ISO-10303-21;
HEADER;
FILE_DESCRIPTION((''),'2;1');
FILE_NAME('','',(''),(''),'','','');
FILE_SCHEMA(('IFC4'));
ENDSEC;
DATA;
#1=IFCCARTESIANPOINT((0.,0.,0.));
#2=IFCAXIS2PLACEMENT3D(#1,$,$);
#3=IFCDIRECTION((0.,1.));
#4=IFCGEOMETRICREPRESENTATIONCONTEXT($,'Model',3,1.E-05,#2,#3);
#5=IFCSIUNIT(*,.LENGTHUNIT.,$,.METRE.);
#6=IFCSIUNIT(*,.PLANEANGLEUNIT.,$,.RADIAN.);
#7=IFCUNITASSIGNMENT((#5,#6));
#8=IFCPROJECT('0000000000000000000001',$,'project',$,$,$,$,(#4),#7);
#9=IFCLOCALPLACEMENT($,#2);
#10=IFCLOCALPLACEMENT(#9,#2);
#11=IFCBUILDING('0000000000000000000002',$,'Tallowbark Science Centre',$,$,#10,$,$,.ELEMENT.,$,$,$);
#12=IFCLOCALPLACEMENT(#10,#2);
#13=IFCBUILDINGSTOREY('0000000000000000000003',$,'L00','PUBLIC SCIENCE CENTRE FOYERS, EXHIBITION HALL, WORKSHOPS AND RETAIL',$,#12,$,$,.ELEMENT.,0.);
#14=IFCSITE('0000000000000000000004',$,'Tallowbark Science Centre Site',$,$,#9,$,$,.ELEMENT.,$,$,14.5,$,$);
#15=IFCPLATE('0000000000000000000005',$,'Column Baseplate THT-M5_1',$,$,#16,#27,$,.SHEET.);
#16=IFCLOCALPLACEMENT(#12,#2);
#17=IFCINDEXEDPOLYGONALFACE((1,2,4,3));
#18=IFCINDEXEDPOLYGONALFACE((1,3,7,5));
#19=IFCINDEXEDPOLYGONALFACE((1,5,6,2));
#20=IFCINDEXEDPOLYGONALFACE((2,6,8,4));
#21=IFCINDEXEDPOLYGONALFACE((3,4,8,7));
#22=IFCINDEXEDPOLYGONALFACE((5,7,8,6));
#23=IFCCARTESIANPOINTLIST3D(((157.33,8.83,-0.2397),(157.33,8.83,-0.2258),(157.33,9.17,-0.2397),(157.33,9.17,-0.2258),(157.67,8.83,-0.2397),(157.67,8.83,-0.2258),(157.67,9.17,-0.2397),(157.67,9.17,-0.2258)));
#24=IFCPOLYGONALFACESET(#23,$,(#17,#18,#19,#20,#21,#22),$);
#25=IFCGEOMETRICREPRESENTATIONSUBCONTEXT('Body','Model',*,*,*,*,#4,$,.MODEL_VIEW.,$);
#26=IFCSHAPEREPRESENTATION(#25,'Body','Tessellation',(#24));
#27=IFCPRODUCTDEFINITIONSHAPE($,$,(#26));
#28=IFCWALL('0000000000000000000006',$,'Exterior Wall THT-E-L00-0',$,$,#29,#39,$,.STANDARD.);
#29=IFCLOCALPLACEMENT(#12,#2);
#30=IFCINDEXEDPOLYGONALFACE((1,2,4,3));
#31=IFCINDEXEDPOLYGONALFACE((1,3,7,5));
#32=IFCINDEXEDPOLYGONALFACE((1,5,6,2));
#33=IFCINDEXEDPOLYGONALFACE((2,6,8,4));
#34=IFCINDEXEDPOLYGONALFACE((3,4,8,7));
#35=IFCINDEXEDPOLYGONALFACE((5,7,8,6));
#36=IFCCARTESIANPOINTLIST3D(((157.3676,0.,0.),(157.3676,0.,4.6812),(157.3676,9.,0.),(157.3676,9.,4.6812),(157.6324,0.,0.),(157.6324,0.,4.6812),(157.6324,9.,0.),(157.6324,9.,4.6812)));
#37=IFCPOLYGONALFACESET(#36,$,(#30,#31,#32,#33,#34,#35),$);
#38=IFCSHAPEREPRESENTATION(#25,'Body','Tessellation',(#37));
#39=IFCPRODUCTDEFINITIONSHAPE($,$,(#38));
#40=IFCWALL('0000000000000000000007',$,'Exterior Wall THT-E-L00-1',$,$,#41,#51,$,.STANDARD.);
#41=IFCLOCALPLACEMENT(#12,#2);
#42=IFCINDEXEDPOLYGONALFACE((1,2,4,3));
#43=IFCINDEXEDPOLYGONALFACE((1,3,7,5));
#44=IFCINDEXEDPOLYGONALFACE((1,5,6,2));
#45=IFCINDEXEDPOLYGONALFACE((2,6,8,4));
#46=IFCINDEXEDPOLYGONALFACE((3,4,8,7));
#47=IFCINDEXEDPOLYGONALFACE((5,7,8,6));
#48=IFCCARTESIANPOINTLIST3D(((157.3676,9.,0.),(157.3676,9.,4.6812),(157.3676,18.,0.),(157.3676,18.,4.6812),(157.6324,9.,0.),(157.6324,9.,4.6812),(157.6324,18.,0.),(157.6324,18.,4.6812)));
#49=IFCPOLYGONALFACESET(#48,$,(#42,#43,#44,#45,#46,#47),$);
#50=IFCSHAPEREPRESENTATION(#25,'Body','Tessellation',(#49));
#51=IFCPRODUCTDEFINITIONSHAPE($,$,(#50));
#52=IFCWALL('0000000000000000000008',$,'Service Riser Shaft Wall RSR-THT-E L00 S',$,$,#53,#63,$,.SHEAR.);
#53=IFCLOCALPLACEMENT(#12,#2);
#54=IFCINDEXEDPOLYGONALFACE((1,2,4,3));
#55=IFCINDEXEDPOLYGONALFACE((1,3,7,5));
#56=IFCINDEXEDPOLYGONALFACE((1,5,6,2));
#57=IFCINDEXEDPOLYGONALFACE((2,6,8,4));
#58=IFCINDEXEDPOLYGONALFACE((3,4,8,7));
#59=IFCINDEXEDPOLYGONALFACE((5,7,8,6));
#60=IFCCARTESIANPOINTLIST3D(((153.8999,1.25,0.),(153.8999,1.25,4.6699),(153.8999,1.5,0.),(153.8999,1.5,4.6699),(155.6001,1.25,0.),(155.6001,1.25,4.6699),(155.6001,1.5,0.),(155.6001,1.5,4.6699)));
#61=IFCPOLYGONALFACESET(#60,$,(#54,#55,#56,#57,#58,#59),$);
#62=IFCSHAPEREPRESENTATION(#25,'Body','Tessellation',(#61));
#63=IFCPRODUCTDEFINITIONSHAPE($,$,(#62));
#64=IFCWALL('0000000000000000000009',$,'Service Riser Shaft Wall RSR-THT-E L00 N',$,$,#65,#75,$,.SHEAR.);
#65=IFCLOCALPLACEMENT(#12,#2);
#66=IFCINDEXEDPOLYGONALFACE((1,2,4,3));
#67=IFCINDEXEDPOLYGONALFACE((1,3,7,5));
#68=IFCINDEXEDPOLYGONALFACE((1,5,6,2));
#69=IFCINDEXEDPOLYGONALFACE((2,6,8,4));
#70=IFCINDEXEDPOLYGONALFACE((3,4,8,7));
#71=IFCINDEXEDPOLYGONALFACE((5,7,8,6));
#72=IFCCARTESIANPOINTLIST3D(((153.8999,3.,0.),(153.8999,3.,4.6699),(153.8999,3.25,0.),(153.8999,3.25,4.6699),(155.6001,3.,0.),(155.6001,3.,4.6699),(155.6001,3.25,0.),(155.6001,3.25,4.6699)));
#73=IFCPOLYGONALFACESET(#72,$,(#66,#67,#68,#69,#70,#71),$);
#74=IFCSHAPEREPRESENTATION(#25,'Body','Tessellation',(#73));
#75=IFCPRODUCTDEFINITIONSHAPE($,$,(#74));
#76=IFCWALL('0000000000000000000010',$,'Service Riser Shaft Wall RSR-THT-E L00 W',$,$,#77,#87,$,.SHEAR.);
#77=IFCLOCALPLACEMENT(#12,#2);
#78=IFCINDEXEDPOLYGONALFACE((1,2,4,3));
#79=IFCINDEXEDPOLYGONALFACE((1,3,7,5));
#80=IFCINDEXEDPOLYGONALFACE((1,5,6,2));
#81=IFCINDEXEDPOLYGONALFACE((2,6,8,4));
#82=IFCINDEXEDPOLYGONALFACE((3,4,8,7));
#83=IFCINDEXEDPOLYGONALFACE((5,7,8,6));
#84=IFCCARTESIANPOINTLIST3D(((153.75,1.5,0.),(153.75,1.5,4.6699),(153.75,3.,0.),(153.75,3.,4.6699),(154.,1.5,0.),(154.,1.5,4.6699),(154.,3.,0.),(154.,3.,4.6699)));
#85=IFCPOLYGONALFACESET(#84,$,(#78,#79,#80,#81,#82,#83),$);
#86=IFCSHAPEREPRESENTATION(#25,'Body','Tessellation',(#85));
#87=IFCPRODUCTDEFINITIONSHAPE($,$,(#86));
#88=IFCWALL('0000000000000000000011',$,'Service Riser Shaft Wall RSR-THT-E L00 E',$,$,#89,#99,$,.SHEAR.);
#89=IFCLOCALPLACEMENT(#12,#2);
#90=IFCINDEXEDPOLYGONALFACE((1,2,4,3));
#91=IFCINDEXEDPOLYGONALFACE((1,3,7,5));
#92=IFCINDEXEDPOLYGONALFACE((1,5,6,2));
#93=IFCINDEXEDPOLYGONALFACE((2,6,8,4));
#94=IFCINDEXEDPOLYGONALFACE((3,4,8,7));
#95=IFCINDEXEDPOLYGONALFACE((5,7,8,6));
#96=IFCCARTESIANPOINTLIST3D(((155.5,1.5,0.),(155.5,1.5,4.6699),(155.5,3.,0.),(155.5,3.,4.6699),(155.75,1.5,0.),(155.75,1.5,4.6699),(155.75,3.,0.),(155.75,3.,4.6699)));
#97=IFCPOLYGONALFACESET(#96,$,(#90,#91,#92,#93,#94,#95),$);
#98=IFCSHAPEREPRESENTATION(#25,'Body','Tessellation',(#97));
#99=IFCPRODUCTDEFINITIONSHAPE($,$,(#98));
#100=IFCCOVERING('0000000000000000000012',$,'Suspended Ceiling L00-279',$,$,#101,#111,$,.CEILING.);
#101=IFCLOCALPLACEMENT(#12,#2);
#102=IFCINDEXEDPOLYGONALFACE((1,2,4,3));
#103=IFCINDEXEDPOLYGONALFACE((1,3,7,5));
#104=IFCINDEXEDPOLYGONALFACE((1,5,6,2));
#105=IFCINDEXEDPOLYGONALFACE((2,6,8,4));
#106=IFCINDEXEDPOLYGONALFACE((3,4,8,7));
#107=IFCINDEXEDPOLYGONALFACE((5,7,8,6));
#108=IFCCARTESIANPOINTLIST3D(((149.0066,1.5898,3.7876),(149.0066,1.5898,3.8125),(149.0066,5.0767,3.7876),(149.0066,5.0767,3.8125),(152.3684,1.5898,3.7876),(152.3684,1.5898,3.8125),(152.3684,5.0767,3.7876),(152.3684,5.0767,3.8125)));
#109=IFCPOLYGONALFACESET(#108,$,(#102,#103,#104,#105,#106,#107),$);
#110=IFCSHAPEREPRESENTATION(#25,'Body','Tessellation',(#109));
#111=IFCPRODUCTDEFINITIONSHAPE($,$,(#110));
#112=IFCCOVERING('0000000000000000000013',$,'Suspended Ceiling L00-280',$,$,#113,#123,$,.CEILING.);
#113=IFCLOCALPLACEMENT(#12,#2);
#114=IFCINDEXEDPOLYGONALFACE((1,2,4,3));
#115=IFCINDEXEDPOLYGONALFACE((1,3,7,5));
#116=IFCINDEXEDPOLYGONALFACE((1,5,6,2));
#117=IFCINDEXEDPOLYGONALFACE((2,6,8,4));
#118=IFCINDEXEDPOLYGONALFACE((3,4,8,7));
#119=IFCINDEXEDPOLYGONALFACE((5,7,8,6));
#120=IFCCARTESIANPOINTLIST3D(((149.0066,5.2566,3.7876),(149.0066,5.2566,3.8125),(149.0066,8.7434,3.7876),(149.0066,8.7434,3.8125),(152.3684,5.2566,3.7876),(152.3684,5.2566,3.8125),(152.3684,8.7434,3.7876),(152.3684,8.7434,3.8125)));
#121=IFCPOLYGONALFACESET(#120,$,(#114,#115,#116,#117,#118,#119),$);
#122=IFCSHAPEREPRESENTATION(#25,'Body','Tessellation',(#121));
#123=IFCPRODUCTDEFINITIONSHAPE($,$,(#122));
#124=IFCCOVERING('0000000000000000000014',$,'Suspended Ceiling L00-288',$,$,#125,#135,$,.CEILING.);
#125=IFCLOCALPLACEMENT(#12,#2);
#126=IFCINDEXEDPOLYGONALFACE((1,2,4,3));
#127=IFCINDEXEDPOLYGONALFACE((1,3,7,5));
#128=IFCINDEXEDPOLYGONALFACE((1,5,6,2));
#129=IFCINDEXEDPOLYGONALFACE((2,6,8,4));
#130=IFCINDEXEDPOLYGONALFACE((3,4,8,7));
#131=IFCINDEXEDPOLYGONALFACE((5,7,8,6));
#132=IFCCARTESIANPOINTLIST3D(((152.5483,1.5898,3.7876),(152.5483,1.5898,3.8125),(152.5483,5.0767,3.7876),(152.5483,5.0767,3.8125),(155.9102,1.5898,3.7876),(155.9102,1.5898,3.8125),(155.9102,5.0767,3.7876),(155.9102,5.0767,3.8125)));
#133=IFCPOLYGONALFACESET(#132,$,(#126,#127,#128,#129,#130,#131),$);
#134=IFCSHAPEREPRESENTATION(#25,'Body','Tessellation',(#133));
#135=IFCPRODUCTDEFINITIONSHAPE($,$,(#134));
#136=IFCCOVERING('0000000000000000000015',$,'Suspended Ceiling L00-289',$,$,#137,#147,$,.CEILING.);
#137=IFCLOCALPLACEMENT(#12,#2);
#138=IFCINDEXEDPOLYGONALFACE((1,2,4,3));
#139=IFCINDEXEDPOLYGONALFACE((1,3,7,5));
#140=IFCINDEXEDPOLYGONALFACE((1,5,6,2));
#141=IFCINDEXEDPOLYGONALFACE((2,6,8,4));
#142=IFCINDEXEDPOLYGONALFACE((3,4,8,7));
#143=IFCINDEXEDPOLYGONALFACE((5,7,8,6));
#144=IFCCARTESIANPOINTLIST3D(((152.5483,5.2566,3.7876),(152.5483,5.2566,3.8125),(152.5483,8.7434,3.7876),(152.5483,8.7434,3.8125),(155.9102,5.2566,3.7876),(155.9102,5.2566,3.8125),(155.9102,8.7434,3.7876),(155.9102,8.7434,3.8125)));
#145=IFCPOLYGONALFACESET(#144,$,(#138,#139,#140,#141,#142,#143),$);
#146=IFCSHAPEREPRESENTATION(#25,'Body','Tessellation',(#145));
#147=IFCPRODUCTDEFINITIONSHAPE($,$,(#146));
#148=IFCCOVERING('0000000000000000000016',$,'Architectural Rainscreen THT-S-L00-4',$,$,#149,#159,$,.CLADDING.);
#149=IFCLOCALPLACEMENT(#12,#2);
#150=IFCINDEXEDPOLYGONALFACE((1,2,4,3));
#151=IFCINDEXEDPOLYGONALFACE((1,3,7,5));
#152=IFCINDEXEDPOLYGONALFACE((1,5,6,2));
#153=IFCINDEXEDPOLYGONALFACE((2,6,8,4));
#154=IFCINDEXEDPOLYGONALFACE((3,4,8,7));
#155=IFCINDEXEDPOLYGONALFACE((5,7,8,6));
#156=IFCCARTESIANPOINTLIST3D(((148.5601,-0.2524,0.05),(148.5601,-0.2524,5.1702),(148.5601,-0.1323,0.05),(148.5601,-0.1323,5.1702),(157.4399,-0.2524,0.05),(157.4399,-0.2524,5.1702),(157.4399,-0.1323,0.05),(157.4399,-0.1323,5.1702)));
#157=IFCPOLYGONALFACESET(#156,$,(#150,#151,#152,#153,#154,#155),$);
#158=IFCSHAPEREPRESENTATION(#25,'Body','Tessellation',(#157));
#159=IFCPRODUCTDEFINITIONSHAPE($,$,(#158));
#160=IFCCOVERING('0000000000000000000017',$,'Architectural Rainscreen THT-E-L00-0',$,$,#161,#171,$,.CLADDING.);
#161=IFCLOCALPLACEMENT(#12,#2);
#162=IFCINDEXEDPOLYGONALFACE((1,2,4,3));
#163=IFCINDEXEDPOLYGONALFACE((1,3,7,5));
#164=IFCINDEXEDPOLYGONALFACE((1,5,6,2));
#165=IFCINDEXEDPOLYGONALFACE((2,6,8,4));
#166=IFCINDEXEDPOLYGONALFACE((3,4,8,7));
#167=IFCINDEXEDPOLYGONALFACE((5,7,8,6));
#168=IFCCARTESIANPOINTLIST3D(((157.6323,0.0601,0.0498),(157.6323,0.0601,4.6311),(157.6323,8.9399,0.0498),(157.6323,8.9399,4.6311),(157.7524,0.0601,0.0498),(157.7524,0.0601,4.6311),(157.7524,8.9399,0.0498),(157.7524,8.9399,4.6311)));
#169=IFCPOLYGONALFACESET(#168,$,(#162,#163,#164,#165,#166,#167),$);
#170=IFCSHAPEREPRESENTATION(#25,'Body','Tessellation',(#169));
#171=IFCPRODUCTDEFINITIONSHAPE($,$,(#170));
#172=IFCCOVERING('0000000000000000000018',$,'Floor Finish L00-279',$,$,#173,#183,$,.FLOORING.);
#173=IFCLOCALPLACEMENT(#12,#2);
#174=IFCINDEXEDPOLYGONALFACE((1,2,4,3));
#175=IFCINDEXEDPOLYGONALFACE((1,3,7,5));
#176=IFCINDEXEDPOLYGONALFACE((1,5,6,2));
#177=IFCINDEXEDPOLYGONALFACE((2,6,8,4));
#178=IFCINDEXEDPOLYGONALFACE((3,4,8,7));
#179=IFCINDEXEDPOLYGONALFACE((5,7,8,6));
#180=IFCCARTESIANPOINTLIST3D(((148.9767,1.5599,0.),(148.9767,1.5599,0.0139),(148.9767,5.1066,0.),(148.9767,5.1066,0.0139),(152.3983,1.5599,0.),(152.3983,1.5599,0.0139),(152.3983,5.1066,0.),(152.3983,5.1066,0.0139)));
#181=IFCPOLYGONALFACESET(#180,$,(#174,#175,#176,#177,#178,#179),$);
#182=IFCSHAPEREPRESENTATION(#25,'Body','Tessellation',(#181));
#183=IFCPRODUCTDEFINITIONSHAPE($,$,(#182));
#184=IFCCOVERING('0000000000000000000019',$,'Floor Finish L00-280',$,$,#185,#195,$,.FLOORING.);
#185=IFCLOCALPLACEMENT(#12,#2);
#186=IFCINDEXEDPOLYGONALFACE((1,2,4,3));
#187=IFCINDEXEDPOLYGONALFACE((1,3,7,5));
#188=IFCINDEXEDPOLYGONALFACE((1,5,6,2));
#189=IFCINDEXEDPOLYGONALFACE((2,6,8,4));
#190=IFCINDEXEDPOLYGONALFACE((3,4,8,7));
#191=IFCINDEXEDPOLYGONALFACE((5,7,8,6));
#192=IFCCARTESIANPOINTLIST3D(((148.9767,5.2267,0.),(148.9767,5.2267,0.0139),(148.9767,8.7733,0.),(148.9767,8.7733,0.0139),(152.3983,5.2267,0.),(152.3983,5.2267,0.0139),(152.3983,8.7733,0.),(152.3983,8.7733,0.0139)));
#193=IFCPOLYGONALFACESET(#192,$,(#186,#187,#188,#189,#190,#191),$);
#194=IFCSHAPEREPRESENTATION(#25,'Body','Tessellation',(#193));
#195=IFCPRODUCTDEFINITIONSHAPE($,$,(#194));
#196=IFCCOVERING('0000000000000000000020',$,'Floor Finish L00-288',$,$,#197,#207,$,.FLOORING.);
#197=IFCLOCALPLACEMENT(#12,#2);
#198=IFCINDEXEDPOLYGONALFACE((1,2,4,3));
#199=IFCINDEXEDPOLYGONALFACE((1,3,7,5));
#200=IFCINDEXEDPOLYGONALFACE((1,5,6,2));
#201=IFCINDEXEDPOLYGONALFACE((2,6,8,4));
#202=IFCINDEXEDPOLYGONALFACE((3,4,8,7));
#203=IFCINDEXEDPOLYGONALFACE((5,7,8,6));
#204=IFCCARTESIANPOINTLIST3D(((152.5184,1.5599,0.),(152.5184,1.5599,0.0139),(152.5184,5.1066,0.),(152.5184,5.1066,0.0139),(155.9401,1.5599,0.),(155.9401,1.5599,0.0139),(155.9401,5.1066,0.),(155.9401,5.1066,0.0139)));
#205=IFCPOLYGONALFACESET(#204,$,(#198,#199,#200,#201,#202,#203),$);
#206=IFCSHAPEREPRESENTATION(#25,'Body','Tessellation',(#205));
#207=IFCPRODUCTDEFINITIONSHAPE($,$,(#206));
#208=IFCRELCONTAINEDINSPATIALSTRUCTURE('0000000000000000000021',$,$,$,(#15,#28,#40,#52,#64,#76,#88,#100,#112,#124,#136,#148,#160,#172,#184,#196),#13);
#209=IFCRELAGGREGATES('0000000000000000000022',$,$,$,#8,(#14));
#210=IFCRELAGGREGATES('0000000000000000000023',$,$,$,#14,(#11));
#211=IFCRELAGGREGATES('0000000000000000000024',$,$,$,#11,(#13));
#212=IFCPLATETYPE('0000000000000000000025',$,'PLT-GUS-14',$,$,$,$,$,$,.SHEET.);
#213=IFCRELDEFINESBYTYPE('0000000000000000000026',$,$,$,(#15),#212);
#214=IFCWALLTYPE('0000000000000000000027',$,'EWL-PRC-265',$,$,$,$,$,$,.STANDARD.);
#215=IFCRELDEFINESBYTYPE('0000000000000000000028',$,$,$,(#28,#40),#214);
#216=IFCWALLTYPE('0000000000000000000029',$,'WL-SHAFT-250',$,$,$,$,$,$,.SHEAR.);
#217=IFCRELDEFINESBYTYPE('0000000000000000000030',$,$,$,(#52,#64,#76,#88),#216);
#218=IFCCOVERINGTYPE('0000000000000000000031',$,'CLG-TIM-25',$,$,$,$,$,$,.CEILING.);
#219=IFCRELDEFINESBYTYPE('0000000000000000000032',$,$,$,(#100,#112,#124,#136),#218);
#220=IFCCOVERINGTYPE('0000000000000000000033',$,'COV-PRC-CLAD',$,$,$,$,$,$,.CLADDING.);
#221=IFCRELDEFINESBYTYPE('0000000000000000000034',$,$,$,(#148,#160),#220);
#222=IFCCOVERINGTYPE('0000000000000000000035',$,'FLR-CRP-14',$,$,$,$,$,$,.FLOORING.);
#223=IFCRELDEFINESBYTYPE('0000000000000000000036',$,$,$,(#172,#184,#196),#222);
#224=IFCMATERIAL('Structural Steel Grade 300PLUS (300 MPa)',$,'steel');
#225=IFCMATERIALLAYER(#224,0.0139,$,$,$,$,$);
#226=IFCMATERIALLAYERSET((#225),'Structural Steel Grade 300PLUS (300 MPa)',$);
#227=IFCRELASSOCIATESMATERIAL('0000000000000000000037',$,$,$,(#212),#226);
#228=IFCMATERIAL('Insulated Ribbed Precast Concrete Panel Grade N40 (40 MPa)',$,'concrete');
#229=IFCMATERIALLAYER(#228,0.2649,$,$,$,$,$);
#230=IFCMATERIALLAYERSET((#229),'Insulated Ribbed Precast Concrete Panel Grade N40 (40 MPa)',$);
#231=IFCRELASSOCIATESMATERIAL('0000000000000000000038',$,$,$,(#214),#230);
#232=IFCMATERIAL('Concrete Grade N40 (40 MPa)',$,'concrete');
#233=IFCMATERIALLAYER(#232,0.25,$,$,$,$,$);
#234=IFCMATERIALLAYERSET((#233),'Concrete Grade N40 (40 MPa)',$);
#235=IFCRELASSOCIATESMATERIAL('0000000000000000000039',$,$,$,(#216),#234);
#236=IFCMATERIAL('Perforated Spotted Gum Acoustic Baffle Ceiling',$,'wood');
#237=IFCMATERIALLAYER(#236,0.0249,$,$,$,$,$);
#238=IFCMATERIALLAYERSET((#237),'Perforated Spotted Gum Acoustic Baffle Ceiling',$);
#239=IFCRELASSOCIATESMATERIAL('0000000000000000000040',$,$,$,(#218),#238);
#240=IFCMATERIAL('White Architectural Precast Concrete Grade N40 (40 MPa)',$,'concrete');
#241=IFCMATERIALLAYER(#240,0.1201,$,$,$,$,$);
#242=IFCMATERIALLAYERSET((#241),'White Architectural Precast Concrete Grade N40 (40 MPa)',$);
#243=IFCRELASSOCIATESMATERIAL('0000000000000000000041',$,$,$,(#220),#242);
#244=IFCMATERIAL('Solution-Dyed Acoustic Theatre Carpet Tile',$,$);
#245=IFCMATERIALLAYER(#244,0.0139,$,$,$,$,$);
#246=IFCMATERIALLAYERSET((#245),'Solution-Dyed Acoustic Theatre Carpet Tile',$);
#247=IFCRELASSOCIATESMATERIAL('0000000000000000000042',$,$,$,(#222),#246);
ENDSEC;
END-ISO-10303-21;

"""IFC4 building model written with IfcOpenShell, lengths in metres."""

from ifc_helpers import new_model, si_unit, direction, frame, frame_2d, origin, origin_2d, place, context, subcontext, project, spatial, rectangle, extrude, material, layer, layer_set, type_object, element, save


model = new_model("IFC4")

# Units and contexts
model_context = context("Model", 3, precision=1e-05, world=origin(), true_north=direction((0.0, 1.0)))
body_context = subcontext(model_context, "Body", "Model", "MODEL_VIEW")
ifc_project = project(units=[si_unit("LENGTHUNIT", "METRE"), si_unit("PLANEANGLEUNIT", "RADIAN")], contexts=[model_context])

# Site, building, storey
site_placement = place(None, origin())
site = spatial("IfcSite", under=ifc_project, at=site_placement, Name="Tallowbark Science Centre Site", CompositionType="ELEMENT", RefElevation=14.5)
building_placement = place(site_placement, origin())
building = spatial("IfcBuilding", under=site, at=building_placement, Name="Tallowbark Science Centre", CompositionType="ELEMENT")
storey_placement = place(building_placement, origin())
storey = spatial("IfcBuildingStorey", under=building, at=storey_placement, Name="L00", Description="PUBLIC SCIENCE CENTRE FOYERS, EXHIBITION HALL, WORKSHOPS AND RETAIL", CompositionType="ELEMENT", Elevation=0.0)

# Shared definitions
ifc_material_1 = material(Name="Concrete Grade N40 (40 MPa)", Category="concrete")

# Shared definitions
ifc_material_2 = material(Name="Structural Steel Grade 300PLUS (300 MPa)", Category="steel")

# Plate
ifc_layer_1 = layer(ifc_material_2, 0.0139)
ifc_layer_set_1 = layer_set([ifc_layer_1], Name="Structural Steel Grade 300PLUS (300 MPa)")
plate_type = type_object("IfcPlateType", Name="PLT-GUS-14", PredefinedType="SHEET", material=ifc_layer_set_1)
plate_placement = place(storey_placement, frame((157.5, 9.0, -0.2397), z_axis=(0.0, 0.0, 1.0), x_axis=(1.0, 0.0, 0.0)))
element("IfcPlate", 1, at=plate_placement, inside=storey, type_object=plate_type, Name="Column Baseplate THT-M5_1", PredefinedType="SHEET", context=body_context, shape_type="SweptSolid", body=[
    extrude(rectangle(XDim=0.3401, YDim=0.3401, at=origin_2d()), origin(), (0.0, 0.0, 1.0), 0.0139),
])

# Walls
ifc_material_3 = material(Name="Insulated Ribbed Precast Concrete Panel Grade N40 (40 MPa)", Category="concrete")
ifc_layer_2 = layer(ifc_material_3, 0.2649)
ifc_layer_set_2 = layer_set([ifc_layer_2], Name="Insulated Ribbed Precast Concrete Panel Grade N40 (40 MPa)")
wall_type_1 = type_object("IfcWallType", Name="EWL-PRC-265", PredefinedType="STANDARD", material=ifc_layer_set_2)
for number, where, z_axis, x_axis, name in (
    (2, (157.5, 0.0, 0.0), (0.0, 0.0, 1.0), (0.0, 1.0, 0.0), "Exterior Wall THT-E-L00-0"),
    (3, (157.5, 9.0, 0.0), (0.0, 0.0, 1.0), (0.0, 1.0, 0.0), "Exterior Wall THT-E-L00-1"),
):
    element("IfcWall", number, at=place(storey_placement, frame(where, z_axis=z_axis, x_axis=x_axis)), inside=storey, type_object=wall_type_1, Name=name, PredefinedType="STANDARD", context=body_context, shape_type="SweptSolid", body=[
        extrude(rectangle(XDim=9.0, YDim=0.2649, at=frame_2d((4.5, 0.0))), origin(), (0.0, 0.0, 1.0), 4.6812),
    ])
ifc_layer_3 = layer(ifc_material_1, 0.25)
ifc_layer_set_3 = layer_set([ifc_layer_3], Name="Concrete Grade N40 (40 MPa)")
wall_type_2 = type_object("IfcWallType", Name="WL-SHAFT-250", PredefinedType="SHEAR", material=ifc_layer_set_3)
for number, where, z_axis, x_axis, name in (
    (4, (153.8999, 1.375, 0.0), (0.0, 0.0, 1.0), (1.0, 0.0, 0.0), "Service Riser Shaft Wall RSR-THT-E L00 S"),
    (5, (153.8999, 3.125, 0.0), (0.0, 0.0, 1.0), (1.0, 0.0, 0.0), "Service Riser Shaft Wall RSR-THT-E L00 N"),
):
    element("IfcWall", number, at=place(storey_placement, frame(where, z_axis=z_axis, x_axis=x_axis)), inside=storey, type_object=wall_type_2, Name=name, PredefinedType="SHEAR", context=body_context, shape_type="SweptSolid", body=[
        extrude(rectangle(XDim=1.7002, YDim=0.25, at=frame_2d((0.8501, 0.0))), origin(), (0.0, 0.0, 1.0), 4.6699),
    ])
for number, where, z_axis, x_axis, name in (
    (6, (153.875, 1.5, 0.0), (0.0, 0.0, 1.0), (0.0, 1.0, 0.0), "Service Riser Shaft Wall RSR-THT-E L00 W"),
    (7, (155.625, 1.5, 0.0), (0.0, 0.0, 1.0), (0.0, 1.0, 0.0), "Service Riser Shaft Wall RSR-THT-E L00 E"),
):
    element("IfcWall", number, at=place(storey_placement, frame(where, z_axis=z_axis, x_axis=x_axis)), inside=storey, type_object=wall_type_2, Name=name, PredefinedType="SHEAR", context=body_context, shape_type="SweptSolid", body=[
        extrude(rectangle(XDim=1.5, YDim=0.25, at=frame_2d((0.75, 0.0))), origin(), (0.0, 0.0, 1.0), 4.6699),
    ])

# Coverings
ifc_material_4 = material(Name="Perforated Spotted Gum Acoustic Baffle Ceiling", Category="wood")
ifc_layer_4 = layer(ifc_material_4, 0.0249)
ifc_layer_set_4 = layer_set([ifc_layer_4], Name="Perforated Spotted Gum Acoustic Baffle Ceiling")
covering_type_1 = type_object("IfcCoveringType", Name="CLG-TIM-25", PredefinedType="CEILING", material=ifc_layer_set_4)
for number, where, z_axis, x_axis, name in (
    (8, (150.6875, 3.3333, 3.7876), (0.0, 0.0, 1.0), (1.0, 0.0, 0.0), "Suspended Ceiling L00-279"),
    (9, (150.6875, 7.0, 3.7876), (0.0, 0.0, 1.0), (1.0, 0.0, 0.0), "Suspended Ceiling L00-280"),
    (10, (154.2292, 3.3333, 3.7876), (0.0, 0.0, 1.0), (1.0, 0.0, 0.0), "Suspended Ceiling L00-288"),
    (11, (154.2292, 7.0, 3.7876), (0.0, 0.0, 1.0), (1.0, 0.0, 0.0), "Suspended Ceiling L00-289"),
):
    element("IfcCovering", number, at=place(storey_placement, frame(where, z_axis=z_axis, x_axis=x_axis)), inside=storey, type_object=covering_type_1, Name=name, PredefinedType="CEILING", context=body_context, shape_type="SweptSolid", body=[
        extrude(rectangle(XDim=3.3618, YDim=3.4868, at=origin_2d()), origin(), (0.0, 0.0, 1.0), 0.0249),
    ])
ifc_material_5 = material(Name="White Architectural Precast Concrete Grade N40 (40 MPa)", Category="concrete")
ifc_layer_5 = layer(ifc_material_5, 0.1201)
ifc_layer_set_5 = layer_set([ifc_layer_5], Name="White Architectural Precast Concrete Grade N40 (40 MPa)")
covering_type_2 = type_object("IfcCoveringType", Name="COV-PRC-CLAD", PredefinedType="CLADDING", material=ifc_layer_set_5)
covering_1_placement = place(storey_placement, frame((153.0, -0.1924, 0.05), z_axis=(0.0, 0.0, 1.0), x_axis=(1.0, 0.0, 0.0)))
element("IfcCovering", 12, at=covering_1_placement, inside=storey, type_object=covering_type_2, Name="Architectural Rainscreen THT-S-L00-4", PredefinedType="CLADDING", context=body_context, shape_type="SweptSolid", body=[
    extrude(rectangle(XDim=8.8799, YDim=0.1201, at=origin_2d()), origin(), (0.0, 0.0, 1.0), 5.1201),
])
covering_2_placement = place(storey_placement, frame((157.6924, 4.5, 0.0498), z_axis=(0.0, 0.0, 1.0), x_axis=(0.0, 1.0, 0.0)))
element("IfcCovering", 13, at=covering_2_placement, inside=storey, type_object=covering_type_2, Name="Architectural Rainscreen THT-E-L00-0", PredefinedType="CLADDING", context=body_context, shape_type="SweptSolid", body=[
    extrude(rectangle(XDim=8.8799, YDim=0.1201, at=origin_2d()), origin(), (0.0, 0.0, 1.0), 4.5813),
])
ifc_material_6 = material(Name="Solution-Dyed Acoustic Theatre Carpet Tile")
ifc_layer_6 = layer(ifc_material_6, 0.0139)
ifc_layer_set_6 = layer_set([ifc_layer_6], Name="Solution-Dyed Acoustic Theatre Carpet Tile")
covering_type_3 = type_object("IfcCoveringType", Name="FLR-CRP-14", PredefinedType="FLOORING", material=ifc_layer_set_6)
for number, where, z_axis, x_axis, name in (
    (14, (150.6875, 3.3333, 0.0), (0.0, 0.0, 1.0), (1.0, 0.0, 0.0), "Floor Finish L00-279"),
    (15, (150.6875, 7.0, 0.0), (0.0, 0.0, 1.0), (1.0, 0.0, 0.0), "Floor Finish L00-280"),
    (16, (154.2292, 3.3333, 0.0), (0.0, 0.0, 1.0), (1.0, 0.0, 0.0), "Floor Finish L00-288"),
):
    element("IfcCovering", number, at=place(storey_placement, frame(where, z_axis=z_axis, x_axis=x_axis)), inside=storey, type_object=covering_type_3, Name=name, PredefinedType="FLOORING", context=body_context, shape_type="SweptSolid", body=[
        extrude(rectangle(XDim=3.4216, YDim=3.5466, at=origin_2d()), origin(), (0.0, 0.0, 1.0), 0.0139),
    ])

save(model, "model.ifc")
